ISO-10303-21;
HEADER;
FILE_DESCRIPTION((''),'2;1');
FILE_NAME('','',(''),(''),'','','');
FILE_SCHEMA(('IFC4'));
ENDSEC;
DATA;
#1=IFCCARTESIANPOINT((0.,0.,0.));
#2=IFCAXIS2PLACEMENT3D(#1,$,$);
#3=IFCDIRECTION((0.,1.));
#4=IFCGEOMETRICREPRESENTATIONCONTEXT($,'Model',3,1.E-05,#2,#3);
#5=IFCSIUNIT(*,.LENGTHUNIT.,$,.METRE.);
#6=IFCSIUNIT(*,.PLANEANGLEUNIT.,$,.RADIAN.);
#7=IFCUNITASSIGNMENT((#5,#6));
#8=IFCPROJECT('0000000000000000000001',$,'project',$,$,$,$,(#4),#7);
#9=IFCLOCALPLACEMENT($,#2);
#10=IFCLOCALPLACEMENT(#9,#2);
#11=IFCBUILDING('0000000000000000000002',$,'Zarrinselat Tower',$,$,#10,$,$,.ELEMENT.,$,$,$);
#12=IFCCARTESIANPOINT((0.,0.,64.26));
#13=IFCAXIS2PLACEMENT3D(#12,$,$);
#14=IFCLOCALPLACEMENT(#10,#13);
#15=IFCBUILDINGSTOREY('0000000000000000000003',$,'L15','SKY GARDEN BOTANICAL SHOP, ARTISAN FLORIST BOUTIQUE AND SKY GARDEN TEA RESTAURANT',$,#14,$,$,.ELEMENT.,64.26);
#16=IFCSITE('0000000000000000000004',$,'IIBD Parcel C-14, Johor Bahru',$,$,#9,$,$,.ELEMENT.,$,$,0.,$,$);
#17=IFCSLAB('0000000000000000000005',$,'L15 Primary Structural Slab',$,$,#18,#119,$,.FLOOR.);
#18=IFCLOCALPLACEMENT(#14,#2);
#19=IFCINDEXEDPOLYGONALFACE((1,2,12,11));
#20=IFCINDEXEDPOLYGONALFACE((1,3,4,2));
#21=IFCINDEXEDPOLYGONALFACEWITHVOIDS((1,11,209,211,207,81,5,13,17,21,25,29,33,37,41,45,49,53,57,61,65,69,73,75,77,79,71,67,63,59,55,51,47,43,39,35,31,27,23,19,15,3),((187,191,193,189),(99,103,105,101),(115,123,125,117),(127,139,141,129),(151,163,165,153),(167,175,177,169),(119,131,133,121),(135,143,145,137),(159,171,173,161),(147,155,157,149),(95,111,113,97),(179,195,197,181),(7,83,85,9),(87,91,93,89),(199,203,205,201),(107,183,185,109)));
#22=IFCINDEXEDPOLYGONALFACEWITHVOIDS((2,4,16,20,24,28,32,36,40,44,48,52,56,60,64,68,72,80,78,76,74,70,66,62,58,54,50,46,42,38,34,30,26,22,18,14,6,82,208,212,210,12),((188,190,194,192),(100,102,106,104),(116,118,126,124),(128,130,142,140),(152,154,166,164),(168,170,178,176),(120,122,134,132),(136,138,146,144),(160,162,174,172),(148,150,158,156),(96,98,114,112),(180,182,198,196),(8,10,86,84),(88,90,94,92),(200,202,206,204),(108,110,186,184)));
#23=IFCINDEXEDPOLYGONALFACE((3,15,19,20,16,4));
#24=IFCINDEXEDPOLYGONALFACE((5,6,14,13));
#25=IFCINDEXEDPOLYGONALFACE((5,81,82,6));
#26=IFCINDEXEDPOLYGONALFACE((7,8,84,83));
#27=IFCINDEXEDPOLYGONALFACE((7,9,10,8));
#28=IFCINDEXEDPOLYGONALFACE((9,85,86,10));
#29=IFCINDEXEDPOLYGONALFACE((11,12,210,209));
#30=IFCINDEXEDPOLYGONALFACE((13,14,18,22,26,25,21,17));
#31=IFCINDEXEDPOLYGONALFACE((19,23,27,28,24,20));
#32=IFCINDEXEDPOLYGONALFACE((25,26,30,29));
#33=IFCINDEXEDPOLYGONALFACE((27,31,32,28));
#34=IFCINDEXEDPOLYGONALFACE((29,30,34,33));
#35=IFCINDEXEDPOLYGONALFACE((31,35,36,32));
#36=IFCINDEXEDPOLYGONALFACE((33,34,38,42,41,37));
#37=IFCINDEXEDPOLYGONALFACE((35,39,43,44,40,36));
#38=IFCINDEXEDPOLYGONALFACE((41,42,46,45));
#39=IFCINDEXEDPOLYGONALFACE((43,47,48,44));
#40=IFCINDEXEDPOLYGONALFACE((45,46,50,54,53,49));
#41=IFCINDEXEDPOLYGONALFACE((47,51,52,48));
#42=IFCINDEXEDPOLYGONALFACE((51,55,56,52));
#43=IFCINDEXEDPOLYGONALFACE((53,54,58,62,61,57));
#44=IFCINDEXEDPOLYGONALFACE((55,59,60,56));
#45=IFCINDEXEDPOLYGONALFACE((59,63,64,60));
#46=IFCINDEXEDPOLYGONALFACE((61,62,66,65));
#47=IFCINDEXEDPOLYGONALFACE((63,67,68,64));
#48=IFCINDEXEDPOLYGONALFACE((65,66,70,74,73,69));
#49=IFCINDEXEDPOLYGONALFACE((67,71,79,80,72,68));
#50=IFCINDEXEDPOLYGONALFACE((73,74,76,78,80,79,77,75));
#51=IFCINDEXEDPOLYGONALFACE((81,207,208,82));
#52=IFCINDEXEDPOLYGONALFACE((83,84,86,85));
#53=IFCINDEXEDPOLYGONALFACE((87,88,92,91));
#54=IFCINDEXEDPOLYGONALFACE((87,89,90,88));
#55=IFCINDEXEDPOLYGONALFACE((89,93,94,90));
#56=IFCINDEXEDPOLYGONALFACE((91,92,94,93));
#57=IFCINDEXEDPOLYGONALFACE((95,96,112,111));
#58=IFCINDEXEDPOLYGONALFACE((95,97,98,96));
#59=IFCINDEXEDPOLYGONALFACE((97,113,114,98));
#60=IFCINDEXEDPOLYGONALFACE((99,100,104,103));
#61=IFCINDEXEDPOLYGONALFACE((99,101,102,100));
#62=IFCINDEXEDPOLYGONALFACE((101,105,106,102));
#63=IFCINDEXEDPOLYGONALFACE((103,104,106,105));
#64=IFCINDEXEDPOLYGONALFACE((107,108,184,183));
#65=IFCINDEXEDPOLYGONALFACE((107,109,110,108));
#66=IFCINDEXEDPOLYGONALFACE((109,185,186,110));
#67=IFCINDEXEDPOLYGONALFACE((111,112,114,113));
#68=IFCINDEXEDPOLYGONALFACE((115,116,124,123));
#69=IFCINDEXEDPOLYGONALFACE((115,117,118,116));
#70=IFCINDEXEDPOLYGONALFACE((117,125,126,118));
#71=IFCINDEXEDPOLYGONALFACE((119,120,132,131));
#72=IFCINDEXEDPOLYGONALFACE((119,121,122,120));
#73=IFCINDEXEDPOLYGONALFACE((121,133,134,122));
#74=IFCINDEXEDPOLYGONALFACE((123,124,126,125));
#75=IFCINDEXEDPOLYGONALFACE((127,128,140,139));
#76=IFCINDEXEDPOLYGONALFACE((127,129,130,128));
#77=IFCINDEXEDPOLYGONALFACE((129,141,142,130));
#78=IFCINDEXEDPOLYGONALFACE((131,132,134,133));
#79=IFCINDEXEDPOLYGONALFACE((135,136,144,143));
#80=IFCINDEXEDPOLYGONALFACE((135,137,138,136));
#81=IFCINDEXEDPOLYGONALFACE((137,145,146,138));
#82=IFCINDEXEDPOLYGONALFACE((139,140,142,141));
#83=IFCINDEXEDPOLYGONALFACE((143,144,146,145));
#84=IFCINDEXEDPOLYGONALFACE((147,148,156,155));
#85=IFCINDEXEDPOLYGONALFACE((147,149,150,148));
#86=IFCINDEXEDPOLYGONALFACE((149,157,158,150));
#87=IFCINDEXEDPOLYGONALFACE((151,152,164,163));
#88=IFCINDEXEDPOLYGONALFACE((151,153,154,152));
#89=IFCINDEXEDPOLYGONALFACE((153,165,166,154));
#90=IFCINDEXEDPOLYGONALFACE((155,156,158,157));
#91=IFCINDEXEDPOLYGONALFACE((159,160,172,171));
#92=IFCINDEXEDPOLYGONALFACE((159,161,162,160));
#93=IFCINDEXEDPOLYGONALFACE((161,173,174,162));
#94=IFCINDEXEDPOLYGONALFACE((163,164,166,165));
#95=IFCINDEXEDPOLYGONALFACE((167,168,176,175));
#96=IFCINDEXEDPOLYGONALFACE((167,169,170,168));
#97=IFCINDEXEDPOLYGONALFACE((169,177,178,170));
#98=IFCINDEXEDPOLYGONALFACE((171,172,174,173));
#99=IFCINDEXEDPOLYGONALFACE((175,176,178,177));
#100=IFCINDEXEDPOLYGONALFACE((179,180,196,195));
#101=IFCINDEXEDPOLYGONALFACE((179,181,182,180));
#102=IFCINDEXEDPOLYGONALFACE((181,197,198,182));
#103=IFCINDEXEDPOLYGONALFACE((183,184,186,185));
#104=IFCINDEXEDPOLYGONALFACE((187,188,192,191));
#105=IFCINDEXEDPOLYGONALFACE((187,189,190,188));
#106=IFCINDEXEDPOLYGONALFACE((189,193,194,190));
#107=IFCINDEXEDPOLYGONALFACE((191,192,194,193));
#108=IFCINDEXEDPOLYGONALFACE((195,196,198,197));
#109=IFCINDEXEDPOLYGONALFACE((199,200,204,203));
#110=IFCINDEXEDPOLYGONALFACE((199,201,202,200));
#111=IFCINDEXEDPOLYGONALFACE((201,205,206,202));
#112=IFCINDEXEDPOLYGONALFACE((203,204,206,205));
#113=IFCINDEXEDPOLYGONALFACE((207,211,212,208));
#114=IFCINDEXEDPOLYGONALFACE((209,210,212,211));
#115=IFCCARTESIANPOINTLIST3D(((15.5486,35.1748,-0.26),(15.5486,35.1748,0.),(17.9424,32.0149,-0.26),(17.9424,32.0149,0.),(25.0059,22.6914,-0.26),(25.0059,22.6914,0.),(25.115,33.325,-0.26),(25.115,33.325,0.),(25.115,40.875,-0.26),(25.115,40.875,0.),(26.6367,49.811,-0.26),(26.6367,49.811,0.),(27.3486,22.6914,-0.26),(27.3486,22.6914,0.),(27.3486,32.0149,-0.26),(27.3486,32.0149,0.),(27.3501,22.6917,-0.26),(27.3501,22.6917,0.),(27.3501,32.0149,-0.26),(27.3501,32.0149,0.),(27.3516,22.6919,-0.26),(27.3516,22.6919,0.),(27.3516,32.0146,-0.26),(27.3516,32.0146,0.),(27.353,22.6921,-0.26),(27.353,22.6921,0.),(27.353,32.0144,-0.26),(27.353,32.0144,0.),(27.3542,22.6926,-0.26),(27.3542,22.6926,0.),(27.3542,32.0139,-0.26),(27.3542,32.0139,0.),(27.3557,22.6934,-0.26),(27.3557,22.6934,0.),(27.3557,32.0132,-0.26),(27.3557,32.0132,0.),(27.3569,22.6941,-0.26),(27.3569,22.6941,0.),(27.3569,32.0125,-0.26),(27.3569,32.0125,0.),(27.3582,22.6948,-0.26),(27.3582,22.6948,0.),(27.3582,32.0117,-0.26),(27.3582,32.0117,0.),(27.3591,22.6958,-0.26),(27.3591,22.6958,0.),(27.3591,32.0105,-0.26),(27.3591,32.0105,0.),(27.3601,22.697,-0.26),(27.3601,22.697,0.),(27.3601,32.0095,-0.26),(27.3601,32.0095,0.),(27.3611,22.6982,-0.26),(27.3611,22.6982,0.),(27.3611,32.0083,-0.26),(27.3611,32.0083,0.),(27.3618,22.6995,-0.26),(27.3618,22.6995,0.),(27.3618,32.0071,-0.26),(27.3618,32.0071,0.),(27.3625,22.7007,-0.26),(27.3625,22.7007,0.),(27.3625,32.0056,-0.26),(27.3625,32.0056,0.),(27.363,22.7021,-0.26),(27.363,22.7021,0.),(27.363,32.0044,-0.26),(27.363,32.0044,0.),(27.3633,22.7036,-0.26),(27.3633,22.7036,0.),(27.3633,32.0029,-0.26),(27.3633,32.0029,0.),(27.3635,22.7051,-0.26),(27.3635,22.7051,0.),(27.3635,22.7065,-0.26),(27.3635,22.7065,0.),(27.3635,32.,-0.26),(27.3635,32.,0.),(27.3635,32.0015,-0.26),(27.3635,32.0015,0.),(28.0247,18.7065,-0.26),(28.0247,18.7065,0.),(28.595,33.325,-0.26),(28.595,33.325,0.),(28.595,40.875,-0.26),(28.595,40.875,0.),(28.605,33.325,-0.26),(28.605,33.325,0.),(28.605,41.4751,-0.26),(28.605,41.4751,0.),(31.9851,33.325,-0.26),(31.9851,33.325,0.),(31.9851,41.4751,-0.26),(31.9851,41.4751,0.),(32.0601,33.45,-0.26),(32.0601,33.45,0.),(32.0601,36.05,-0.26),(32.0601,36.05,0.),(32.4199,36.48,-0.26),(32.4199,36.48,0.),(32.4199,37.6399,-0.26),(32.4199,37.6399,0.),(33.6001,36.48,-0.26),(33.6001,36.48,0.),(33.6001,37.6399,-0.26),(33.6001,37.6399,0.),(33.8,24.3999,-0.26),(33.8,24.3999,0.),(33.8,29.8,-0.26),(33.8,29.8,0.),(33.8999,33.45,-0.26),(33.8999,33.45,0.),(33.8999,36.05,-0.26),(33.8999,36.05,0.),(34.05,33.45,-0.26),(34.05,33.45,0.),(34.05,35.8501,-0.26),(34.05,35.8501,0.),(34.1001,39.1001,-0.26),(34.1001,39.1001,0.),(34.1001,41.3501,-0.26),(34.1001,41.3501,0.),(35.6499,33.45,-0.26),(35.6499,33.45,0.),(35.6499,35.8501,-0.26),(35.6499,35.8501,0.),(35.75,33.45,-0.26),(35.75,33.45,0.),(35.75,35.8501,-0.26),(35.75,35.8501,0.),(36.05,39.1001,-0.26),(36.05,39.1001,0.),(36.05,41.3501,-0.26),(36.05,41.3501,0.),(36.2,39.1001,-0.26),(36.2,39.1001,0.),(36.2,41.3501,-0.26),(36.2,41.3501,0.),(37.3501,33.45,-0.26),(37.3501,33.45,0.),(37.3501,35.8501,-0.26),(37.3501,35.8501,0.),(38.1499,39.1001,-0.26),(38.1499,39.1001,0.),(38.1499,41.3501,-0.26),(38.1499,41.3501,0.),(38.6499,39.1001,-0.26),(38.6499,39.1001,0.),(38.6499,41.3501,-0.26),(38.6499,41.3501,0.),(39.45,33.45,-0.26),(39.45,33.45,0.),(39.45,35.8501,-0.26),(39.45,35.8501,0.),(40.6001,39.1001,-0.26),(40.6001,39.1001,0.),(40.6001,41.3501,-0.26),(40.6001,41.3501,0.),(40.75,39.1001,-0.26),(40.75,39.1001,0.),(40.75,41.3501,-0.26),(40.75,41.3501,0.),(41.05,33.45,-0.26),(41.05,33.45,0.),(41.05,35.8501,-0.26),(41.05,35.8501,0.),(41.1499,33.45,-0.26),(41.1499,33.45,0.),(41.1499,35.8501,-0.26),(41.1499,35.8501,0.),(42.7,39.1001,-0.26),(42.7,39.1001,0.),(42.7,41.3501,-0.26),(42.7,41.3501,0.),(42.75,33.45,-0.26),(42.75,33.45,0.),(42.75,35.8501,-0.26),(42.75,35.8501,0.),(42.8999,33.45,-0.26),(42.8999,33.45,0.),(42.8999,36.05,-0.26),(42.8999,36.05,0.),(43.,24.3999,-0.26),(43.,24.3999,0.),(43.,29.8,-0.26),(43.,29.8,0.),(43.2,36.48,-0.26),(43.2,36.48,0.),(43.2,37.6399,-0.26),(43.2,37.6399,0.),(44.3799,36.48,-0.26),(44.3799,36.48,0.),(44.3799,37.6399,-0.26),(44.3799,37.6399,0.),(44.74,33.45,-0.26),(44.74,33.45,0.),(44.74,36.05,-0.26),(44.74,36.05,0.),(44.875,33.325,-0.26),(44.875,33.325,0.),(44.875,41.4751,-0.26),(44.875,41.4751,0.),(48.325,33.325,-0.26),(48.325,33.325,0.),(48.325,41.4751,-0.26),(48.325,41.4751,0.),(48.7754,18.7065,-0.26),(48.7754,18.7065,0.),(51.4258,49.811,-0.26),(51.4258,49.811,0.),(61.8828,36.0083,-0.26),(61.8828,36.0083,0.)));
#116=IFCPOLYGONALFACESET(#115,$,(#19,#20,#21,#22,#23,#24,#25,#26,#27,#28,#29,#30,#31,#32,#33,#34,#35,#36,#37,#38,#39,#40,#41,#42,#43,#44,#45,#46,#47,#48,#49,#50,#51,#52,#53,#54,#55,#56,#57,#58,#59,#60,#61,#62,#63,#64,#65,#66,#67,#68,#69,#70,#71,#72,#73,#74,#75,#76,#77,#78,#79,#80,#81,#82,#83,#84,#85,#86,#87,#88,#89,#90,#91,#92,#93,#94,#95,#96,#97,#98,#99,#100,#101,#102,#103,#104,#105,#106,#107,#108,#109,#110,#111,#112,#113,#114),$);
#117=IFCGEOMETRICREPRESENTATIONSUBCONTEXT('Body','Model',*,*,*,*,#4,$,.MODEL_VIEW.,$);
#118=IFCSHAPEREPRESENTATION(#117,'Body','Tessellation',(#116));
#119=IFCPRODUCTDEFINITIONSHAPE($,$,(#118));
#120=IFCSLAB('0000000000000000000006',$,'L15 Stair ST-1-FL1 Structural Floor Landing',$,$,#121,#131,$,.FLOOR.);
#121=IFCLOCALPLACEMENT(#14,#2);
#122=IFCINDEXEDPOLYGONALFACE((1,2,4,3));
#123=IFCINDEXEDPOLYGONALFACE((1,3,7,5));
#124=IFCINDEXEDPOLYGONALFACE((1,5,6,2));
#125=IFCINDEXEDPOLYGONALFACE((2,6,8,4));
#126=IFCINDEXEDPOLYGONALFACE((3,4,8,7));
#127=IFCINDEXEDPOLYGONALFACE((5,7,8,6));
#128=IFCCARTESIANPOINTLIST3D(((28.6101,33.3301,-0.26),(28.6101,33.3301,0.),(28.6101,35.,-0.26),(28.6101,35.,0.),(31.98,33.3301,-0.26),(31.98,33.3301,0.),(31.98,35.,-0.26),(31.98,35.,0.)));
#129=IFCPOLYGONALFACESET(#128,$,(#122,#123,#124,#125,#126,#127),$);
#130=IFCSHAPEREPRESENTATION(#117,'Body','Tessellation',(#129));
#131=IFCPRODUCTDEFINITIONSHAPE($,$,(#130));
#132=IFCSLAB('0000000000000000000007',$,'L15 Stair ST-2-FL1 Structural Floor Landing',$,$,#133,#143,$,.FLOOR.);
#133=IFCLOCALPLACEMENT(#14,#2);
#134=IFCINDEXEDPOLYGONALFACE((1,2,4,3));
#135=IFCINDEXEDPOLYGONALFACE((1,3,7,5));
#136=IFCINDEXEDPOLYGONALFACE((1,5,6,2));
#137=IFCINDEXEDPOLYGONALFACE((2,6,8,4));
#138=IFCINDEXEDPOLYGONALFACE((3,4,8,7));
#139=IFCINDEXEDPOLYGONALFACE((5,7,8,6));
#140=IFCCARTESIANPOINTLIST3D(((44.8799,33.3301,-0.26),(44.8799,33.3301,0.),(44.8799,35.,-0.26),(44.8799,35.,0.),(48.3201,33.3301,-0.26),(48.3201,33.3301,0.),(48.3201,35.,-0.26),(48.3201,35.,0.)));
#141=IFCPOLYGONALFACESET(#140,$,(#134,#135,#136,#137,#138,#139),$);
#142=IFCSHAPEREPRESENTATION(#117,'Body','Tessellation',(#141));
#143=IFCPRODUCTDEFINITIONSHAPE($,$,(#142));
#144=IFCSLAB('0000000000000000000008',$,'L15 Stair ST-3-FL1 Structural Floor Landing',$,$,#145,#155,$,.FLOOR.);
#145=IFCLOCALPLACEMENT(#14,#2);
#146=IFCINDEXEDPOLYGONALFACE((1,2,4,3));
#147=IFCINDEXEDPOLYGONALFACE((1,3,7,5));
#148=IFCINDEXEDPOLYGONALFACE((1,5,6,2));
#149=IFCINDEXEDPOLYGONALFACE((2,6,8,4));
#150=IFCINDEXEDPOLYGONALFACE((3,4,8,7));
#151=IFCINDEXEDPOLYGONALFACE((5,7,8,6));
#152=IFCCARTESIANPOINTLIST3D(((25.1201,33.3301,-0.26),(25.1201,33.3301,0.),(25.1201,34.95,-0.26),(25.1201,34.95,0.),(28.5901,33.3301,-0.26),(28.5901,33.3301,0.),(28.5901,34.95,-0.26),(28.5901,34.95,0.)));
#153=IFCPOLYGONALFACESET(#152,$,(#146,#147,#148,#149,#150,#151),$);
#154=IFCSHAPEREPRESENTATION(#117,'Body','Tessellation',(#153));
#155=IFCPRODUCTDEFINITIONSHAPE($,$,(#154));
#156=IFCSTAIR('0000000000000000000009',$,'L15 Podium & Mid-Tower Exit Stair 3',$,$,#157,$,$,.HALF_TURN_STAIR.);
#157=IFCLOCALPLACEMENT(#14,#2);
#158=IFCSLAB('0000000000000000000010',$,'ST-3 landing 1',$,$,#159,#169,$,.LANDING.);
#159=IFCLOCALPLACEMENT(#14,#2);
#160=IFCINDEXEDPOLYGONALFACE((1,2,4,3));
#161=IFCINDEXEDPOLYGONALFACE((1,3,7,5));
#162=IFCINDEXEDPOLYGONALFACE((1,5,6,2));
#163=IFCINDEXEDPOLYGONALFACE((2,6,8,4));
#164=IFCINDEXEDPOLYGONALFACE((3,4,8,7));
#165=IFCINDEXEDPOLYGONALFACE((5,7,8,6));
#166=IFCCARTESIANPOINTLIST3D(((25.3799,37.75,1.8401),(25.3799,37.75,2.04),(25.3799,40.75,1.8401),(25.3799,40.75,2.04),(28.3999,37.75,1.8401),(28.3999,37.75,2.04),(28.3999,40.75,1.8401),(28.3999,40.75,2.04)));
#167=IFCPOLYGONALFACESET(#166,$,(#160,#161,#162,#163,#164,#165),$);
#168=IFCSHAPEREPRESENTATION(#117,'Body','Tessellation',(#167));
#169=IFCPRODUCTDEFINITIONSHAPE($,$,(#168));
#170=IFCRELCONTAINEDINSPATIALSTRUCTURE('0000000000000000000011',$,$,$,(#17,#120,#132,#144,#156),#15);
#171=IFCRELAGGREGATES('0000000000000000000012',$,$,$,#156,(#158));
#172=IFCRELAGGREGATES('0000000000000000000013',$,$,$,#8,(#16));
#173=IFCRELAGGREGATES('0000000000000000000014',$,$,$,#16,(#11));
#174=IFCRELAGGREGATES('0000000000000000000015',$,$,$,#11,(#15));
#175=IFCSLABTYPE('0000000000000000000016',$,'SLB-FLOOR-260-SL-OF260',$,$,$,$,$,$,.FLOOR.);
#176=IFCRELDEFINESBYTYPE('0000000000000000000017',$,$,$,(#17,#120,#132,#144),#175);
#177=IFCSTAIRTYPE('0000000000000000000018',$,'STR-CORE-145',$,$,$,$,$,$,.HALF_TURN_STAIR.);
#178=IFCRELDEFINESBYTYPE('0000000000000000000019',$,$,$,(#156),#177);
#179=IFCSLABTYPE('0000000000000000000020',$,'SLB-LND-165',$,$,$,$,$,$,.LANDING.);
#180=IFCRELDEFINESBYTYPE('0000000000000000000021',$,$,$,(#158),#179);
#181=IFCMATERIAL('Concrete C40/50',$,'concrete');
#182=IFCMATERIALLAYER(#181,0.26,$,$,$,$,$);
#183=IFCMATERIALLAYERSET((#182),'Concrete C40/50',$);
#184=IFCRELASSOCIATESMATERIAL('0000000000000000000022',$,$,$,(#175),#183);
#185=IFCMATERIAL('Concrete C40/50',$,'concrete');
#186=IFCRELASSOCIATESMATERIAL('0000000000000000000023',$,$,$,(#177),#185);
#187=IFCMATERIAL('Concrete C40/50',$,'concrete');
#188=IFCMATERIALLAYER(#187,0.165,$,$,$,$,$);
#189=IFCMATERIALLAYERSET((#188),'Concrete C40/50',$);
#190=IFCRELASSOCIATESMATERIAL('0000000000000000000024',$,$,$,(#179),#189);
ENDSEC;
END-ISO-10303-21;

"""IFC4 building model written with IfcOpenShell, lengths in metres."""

from ifc_helpers import new_model, si_unit, direction, frame, origin, place, context, subcontext, project, spatial, polyline, outline, extrude, material, layer, layer_set, type_object, element, aggregate, save


model = new_model("IFC4")

# Units and contexts
model_context = context("Model", 3, precision=1e-05, world=origin(), true_north=direction((0.0, 1.0)))
body_context = subcontext(model_context, "Body", "Model", "MODEL_VIEW")
ifc_project = project(units=[si_unit("LENGTHUNIT", "METRE"), si_unit("PLANEANGLEUNIT", "RADIAN")], contexts=[model_context])

# Site, building, storey
site_placement = place(None, origin())
site = spatial("IfcSite", under=ifc_project, at=site_placement, Name="IIBD Parcel C-14, Johor Bahru", CompositionType="ELEMENT", RefElevation=0.0)
building_placement = place(site_placement, origin())
building = spatial("IfcBuilding", under=site, at=building_placement, Name="Zarrinselat Tower", CompositionType="ELEMENT")
storey_placement = place(building_placement, frame((0.0, 0.0, 64.26)))
storey = spatial("IfcBuildingStorey", under=building, at=storey_placement, Name="L15", Description="SKY GARDEN BOTANICAL SHOP, ARTISAN FLORIST BOUTIQUE AND SKY GARDEN TEA RESTAURANT", CompositionType="ELEMENT", Elevation=64.26)

# Slabs
ifc_material_1 = material(Name="Concrete C40/50", Category="concrete")
ifc_layer_1 = layer(ifc_material_1, 0.26)
ifc_layer_set_1 = layer_set([ifc_layer_1], Name="Concrete C40/50")
slab_type_1 = type_object("IfcSlabType", Name="SLB-FLOOR-260-SL-OF260", PredefinedType="FLOOR", material=ifc_layer_set_1)
slab_1_placement = place(storey_placement, frame((0.0, 0.0, -0.26)))
element("IfcSlab", 1, at=slab_1_placement, inside=storey, type_object=slab_type_1, Name="L15 Primary Structural Slab", PredefinedType="FLOOR", context=body_context, shape_type="SweptSolid", body=[
    extrude(outline(polyline([(15.5486, 35.1748), (26.6367, 49.811), (51.4258, 49.811), (61.8828, 36.0083), (48.7754, 18.7065), (28.0247, 18.7065), (25.0059, 22.6914), (27.3486, 22.6914), (27.3501, 22.6917), (27.3516, 22.6919), (27.353, 22.6921), (27.3542, 22.6926), (27.3557, 22.6934), (27.3569, 22.6941), (27.3582, 22.6948), (27.3591, 22.6958), (27.3601, 22.697), (27.3611, 22.6982), (27.3618, 22.6995), (27.3625, 22.7007), (27.363, 22.7021), (27.3633, 22.7036), (27.3635, 22.7051), (27.3635, 22.7065), (27.3635, 32.0), (27.3635, 32.0015), (27.3633, 32.0029), (27.363, 32.0044), (27.3625, 32.0056), (27.3618, 32.0071), (27.3611, 32.0083), (27.3601, 32.0095), (27.3591, 32.0105), (27.3582, 32.0117), (27.3569, 32.0125), (27.3557, 32.0132), (27.3542, 32.0139), (27.353, 32.0144), (27.3516, 32.0146), (27.3501, 32.0149), (27.3486, 32.0149), (17.9424, 32.0149), (15.5486, 35.1748)]), holes=[polyline([(34.05, 33.45), (34.05, 35.8501), (35.6499, 35.8501), (35.6499, 33.45), (34.05, 33.45)]), polyline([(35.75, 33.45), (35.75, 35.8501), (37.3501, 35.8501), (37.3501, 33.45), (35.75, 33.45)]), polyline([(32.0601, 33.45), (32.0601, 36.05), (33.8999, 36.05), (33.8999, 33.45), (32.0601, 33.45)]), polyline([(32.4199, 36.48), (32.4199, 37.6399), (33.6001, 37.6399), (33.6001, 36.48), (32.4199, 36.48)]), polyline([(28.595, 33.325), (25.115, 33.325), (25.115, 40.875), (28.595, 40.875), (28.595, 33.325)]), polyline([(31.9851, 33.325), (28.605, 33.325), (28.605, 41.4751), (31.9851, 41.4751), (31.9851, 33.325)]), polyline([(34.1001, 39.1001), (34.1001, 41.3501), (36.05, 41.3501), (36.05, 39.1001), (34.1001, 39.1001)]), polyline([(36.2, 39.1001), (36.2, 41.3501), (38.1499, 41.3501), (38.1499, 39.1001), (36.2, 39.1001)]), polyline([(33.8, 24.3999), (33.8, 29.8), (43.0, 29.8), (43.0, 24.3999), (33.8, 24.3999)]), polyline([(39.45, 33.45), (39.45, 35.8501), (41.05, 35.8501), (41.05, 33.45), (39.45, 33.45)]), polyline([(41.1499, 33.45), (41.1499, 35.8501), (42.75, 35.8501), (42.75, 33.45), (41.1499, 33.45)]), polyline([(42.8999, 33.45), (42.8999, 36.05), (44.74, 36.05), (44.74, 33.45), (42.8999, 33.45)]), polyline([(43.2, 36.48), (43.2, 37.6399), (44.3799, 37.6399), (44.3799, 36.48), (43.2, 36.48)]), polyline([(48.325, 33.325), (44.875, 33.325), (44.875, 41.4751), (48.325, 41.4751), (48.325, 33.325)]), polyline([(38.6499, 39.1001), (38.6499, 41.3501), (40.6001, 41.3501), (40.6001, 39.1001), (38.6499, 39.1001)]), polyline([(40.75, 39.1001), (40.75, 41.3501), (42.7, 41.3501), (42.7, 39.1001), (40.75, 39.1001)])]), origin(), (0.0, 0.0, 1.0), 0.26),
])
slab_2_placement = place(storey_placement, frame((0.0, 0.0, -0.26)))
element("IfcSlab", 2, at=slab_2_placement, inside=storey, type_object=slab_type_1, Name="L15 Stair ST-1-FL1 Structural Floor Landing", PredefinedType="FLOOR", context=body_context, shape_type="SweptSolid", body=[
    extrude(outline(polyline([(31.98, 33.3301), (31.98, 35.0), (28.6101, 35.0), (28.6101, 33.3301), (31.98, 33.3301)])), origin(), (0.0, 0.0, 1.0), 0.26),
])
slab_3_placement = place(storey_placement, frame((0.0, 0.0, -0.26)))
element("IfcSlab", 3, at=slab_3_placement, inside=storey, type_object=slab_type_1, Name="L15 Stair ST-2-FL1 Structural Floor Landing", PredefinedType="FLOOR", context=body_context, shape_type="SweptSolid", body=[
    extrude(outline(polyline([(48.3201, 33.3301), (48.3201, 35.0), (44.8799, 35.0), (44.8799, 33.3301), (48.3201, 33.3301)])), origin(), (0.0, 0.0, 1.0), 0.26),
])
slab_4_placement = place(storey_placement, frame((0.0, 0.0, -0.26)))
element("IfcSlab", 4, at=slab_4_placement, inside=storey, type_object=slab_type_1, Name="L15 Stair ST-3-FL1 Structural Floor Landing", PredefinedType="FLOOR", context=body_context, shape_type="SweptSolid", body=[
    extrude(outline(polyline([(28.5901, 33.3301), (28.5901, 34.95), (25.1201, 34.95), (25.1201, 33.3301), (28.5901, 33.3301)])), origin(), (0.0, 0.0, 1.0), 0.26),
])

# Stair, slab
ifc_material_2 = material(Name="Concrete C40/50", Category="concrete")
stair_type_1 = type_object("IfcStairType", Name="STR-CORE-145", PredefinedType="HALF_TURN_STAIR", material=ifc_material_2)
stair_1_placement = place(storey_placement, origin())
stair_1 = element("IfcStair", 5, at=stair_1_placement, inside=storey, type_object=stair_type_1, Name="L15 Podium & Mid-Tower Exit Stair 3", PredefinedType="HALF_TURN_STAIR")
ifc_material_3 = material(Name="Concrete C40/50", Category="concrete")
ifc_layer_2 = layer(ifc_material_3, 0.165)
ifc_layer_set_2 = layer_set([ifc_layer_2], Name="Concrete C40/50")
slab_type_2 = type_object("IfcSlabType", Name="SLB-LND-165", PredefinedType="LANDING", material=ifc_layer_set_2)
slab_5_placement = place(storey_placement, frame((0.0, 0.0, 1.8401)))
slab_5 = element("IfcSlab", 6, at=slab_5_placement, type_object=slab_type_2, Name="ST-3 landing 1", PredefinedType="LANDING", context=body_context, shape_type="SweptSolid", body=[
    extrude(outline(polyline([(28.3999, 37.75), (28.3999, 40.75), (25.3799, 40.75), (25.3799, 37.75), (28.3999, 37.75)])), origin(), (0.0, 0.0, 1.0), 0.2),
])
aggregate(stair_1, [slab_5])

save(model, "model.ifc")
